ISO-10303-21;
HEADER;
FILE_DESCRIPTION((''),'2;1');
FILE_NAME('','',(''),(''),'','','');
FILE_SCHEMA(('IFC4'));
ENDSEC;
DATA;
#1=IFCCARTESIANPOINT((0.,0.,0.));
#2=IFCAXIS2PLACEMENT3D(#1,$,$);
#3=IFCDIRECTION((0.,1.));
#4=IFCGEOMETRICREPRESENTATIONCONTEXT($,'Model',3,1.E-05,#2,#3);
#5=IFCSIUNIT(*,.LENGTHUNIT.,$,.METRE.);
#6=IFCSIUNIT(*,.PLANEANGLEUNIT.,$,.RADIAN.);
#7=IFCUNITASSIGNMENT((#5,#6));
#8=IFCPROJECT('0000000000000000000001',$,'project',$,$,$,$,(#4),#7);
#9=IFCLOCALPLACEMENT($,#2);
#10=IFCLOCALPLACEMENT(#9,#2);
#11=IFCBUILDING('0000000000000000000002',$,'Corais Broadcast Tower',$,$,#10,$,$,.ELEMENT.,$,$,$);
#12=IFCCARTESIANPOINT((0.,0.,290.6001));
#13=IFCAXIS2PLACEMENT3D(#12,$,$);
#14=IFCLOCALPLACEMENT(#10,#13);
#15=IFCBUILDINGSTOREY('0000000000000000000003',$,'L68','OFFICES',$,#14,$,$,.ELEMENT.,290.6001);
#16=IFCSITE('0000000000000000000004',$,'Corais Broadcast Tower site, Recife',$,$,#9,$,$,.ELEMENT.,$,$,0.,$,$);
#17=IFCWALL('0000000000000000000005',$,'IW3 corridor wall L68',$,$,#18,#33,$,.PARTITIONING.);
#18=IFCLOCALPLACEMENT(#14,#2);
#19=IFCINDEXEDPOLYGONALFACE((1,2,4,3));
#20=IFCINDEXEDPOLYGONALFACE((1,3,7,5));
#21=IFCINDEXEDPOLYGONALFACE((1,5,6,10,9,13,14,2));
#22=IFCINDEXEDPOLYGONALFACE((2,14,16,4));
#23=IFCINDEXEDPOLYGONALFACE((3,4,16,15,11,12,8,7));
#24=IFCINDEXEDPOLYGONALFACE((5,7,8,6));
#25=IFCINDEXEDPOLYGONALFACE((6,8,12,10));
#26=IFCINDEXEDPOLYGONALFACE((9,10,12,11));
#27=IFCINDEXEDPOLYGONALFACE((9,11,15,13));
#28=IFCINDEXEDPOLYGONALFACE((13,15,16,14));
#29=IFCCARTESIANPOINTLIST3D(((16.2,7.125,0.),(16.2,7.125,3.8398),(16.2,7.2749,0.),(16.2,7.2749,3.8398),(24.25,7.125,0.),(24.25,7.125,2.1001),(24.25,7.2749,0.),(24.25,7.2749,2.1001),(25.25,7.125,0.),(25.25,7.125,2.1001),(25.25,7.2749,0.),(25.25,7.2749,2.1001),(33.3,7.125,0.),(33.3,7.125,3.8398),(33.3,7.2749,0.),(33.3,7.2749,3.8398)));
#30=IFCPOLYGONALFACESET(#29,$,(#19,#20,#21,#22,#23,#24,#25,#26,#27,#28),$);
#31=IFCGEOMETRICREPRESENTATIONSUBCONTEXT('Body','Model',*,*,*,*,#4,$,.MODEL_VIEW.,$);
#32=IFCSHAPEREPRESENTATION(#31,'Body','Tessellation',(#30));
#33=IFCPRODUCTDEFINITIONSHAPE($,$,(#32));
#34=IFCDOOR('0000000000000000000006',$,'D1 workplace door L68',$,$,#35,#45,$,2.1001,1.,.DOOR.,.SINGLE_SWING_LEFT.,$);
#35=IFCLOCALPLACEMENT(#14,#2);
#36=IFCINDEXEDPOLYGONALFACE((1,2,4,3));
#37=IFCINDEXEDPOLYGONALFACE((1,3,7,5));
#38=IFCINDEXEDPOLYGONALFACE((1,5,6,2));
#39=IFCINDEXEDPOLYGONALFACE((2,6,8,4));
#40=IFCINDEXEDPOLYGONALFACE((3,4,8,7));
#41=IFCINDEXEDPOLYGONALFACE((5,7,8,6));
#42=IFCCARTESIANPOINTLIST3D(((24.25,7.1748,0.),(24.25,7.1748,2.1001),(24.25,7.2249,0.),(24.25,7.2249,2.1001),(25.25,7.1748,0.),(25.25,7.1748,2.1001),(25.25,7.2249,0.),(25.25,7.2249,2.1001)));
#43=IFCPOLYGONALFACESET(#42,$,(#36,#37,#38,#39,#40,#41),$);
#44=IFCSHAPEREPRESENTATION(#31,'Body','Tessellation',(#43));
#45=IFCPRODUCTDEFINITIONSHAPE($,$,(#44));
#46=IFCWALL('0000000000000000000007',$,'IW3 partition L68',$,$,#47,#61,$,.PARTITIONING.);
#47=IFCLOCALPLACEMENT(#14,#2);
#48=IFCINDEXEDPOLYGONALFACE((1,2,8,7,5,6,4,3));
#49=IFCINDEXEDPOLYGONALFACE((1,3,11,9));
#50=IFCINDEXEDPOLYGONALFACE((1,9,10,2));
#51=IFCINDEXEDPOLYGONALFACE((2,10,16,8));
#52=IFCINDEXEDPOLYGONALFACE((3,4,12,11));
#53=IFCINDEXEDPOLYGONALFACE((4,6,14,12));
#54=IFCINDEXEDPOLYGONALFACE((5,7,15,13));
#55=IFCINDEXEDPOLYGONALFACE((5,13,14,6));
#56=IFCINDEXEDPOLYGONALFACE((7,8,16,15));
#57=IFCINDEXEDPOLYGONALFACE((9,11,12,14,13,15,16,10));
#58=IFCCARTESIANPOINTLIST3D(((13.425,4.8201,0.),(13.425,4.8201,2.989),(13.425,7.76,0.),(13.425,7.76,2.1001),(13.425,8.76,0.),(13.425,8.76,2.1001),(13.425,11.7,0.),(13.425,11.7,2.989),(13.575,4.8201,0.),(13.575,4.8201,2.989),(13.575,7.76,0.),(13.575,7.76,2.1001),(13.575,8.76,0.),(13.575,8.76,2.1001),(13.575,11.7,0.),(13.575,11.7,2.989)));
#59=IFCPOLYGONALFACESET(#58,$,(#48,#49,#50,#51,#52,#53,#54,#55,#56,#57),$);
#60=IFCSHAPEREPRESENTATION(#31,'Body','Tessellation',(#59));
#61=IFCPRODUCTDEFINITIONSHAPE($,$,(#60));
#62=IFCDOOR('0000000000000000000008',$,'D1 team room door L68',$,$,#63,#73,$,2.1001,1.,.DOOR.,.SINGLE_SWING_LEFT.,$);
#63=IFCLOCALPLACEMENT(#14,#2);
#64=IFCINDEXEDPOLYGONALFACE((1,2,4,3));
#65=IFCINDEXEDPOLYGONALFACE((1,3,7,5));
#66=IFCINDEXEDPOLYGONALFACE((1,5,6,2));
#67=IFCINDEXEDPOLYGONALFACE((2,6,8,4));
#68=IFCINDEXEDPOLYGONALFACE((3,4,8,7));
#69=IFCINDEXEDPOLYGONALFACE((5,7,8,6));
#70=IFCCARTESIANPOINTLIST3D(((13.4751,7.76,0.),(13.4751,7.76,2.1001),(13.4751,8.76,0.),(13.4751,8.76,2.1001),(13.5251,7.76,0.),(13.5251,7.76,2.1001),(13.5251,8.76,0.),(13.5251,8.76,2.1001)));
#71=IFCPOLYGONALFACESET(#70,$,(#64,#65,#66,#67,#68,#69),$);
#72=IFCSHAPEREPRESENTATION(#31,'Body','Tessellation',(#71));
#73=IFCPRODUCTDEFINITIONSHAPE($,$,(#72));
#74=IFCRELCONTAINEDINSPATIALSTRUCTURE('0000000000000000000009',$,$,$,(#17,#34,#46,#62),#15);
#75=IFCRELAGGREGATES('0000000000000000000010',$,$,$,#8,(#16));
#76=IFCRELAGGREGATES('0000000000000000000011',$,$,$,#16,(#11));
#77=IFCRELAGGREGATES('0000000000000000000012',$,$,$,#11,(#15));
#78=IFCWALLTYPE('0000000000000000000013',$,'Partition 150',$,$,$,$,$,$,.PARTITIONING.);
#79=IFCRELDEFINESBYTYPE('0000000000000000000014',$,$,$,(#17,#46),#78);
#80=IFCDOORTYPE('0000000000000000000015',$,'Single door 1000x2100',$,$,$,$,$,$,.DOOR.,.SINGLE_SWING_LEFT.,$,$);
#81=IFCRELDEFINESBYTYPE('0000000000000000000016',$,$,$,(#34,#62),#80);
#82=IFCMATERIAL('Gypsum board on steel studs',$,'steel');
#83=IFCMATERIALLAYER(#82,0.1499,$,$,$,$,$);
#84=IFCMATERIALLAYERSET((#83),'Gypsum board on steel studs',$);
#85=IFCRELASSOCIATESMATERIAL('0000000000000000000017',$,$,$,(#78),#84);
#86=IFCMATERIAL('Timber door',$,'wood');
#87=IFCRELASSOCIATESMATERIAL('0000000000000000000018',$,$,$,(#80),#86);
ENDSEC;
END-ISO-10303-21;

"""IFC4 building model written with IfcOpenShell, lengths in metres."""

from ifc_helpers import new_model, si_unit, direction, frame, frame_2d, origin, place, context, subcontext, project, spatial, rectangle, extrude, material, layer, layer_set, type_object, element, fill, save


model = new_model("IFC4")

# Units and contexts
model_context = context("Model", 3, precision=1e-05, world=origin(), true_north=direction((0.0, 1.0)))
body_context = subcontext(model_context, "Body", "Model", "MODEL_VIEW")
ifc_project = project(units=[si_unit("LENGTHUNIT", "METRE"), si_unit("PLANEANGLEUNIT", "RADIAN")], contexts=[model_context])

# Site, building, storey
site_placement = place(None, origin())
site = spatial("IfcSite", under=ifc_project, at=site_placement, Name="Corais Broadcast Tower site, Recife", CompositionType="ELEMENT", RefElevation=0.0)
building_placement = place(site_placement, origin())
building = spatial("IfcBuilding", under=site, at=building_placement, Name="Corais Broadcast Tower", CompositionType="ELEMENT")
storey_placement = place(building_placement, frame((0.0, 0.0, 290.6001)))
storey = spatial("IfcBuildingStorey", under=building, at=storey_placement, Name="L68", Description="OFFICES", CompositionType="ELEMENT", Elevation=290.6001)

# Walls, openings, doors
ifc_material_1 = material(Name="Gypsum board on steel studs", Category="steel")
ifc_layer_1 = layer(ifc_material_1, 0.1499)
ifc_layer_set_1 = layer_set([ifc_layer_1], Name="Gypsum board on steel studs")
wall_type = type_object("IfcWallType", Name="Partition 150", PredefinedType="PARTITIONING", material=ifc_layer_set_1)
wall_1_placement = place(storey_placement, frame((16.2, 7.2, 0.0), z_axis=(0.0, 0.0, 1.0), x_axis=(1.0, 0.0, 0.0)))
wall_1 = element("IfcWall", 1, at=wall_1_placement, inside=storey, type_object=wall_type, Name="IW3 corridor wall L68", PredefinedType="PARTITIONING", context=body_context, shape_type="SweptSolid", body=[
    extrude(rectangle(XDim=17.1001, YDim=0.1499, at=frame_2d((8.55, 0.0))), origin(), (0.0, 0.0, 1.0), 3.8398),
])
opening_1_placement = place(wall_1_placement, frame((8.05, 0.0, 0.0)))
opening_1 = element("IfcOpeningElement", 2, at=opening_1_placement, cuts=wall_1, PredefinedType="OPENING", context=body_context, shape_type="SweptSolid", body=[
    extrude(rectangle(XDim=1.0, YDim=2.1001, at=frame_2d((0.5, 1.05))), frame((0.0, 0.085, 0.0), z_axis=(0.0, -1.0, 0.0), x_axis=(1.0, 0.0, 0.0)), (0.0, 0.0, 1.0), 0.1699),
])
ifc_material_2 = material(Name="Timber door", Category="wood")
door_type = type_object("IfcDoorType", Name="Single door 1000x2100", OperationType="SINGLE_SWING_LEFT", PredefinedType="DOOR", material=ifc_material_2)
door_1_placement = place(opening_1_placement, origin())
door_1 = element("IfcDoor", 3, at=door_1_placement, inside=storey, type_object=door_type, Name="D1 workplace door L68", OperationType="SINGLE_SWING_LEFT", OverallHeight=2.1001, OverallWidth=1.0, PredefinedType="DOOR", context=body_context, shape_type="SweptSolid", body=[
    extrude(rectangle(XDim=1.0, YDim=2.1001, at=frame_2d((0.5, 1.05))), frame((0.0, 0.0249, 0.0), z_axis=(0.0, -1.0, 0.0), x_axis=(1.0, 0.0, 0.0)), (0.0, 0.0, 1.0), 0.05),
])
fill(opening_1, door_1)
wall_2_placement = place(storey_placement, frame((13.5, 4.8201, 0.0), z_axis=(0.0, 0.0, 1.0), x_axis=(0.0, 1.0, 0.0)))
wall_2 = element("IfcWall", 4, at=wall_2_placement, inside=storey, type_object=wall_type, Name="IW3 partition L68", PredefinedType="PARTITIONING", context=body_context, shape_type="SweptSolid", body=[
    extrude(rectangle(XDim=6.8799, YDim=0.1499, at=frame_2d((3.4399, 0.0))), origin(), (0.0, 0.0, 1.0), 2.989),
])
opening_2_placement = place(wall_2_placement, frame((2.9399, 0.0, 0.0)))
opening_2 = element("IfcOpeningElement", 5, at=opening_2_placement, cuts=wall_2, PredefinedType="OPENING", context=body_context, shape_type="SweptSolid", body=[
    extrude(rectangle(XDim=1.0, YDim=2.1001, at=frame_2d((0.5, 1.05))), frame((0.0, 0.085, 0.0), z_axis=(0.0, -1.0, 0.0), x_axis=(1.0, 0.0, 0.0)), (0.0, 0.0, 1.0), 0.1699),
])
door_2_placement = place(opening_2_placement, origin())
door_2 = element("IfcDoor", 6, at=door_2_placement, inside=storey, type_object=door_type, Name="D1 team room door L68", OperationType="SINGLE_SWING_LEFT", OverallHeight=2.1001, OverallWidth=1.0, PredefinedType="DOOR", context=body_context, shape_type="SweptSolid", body=[
    extrude(rectangle(XDim=1.0, YDim=2.1001, at=frame_2d((0.5, 1.05))), frame((0.0, 0.0249, 0.0), z_axis=(0.0, -1.0, 0.0), x_axis=(1.0, 0.0, 0.0)), (0.0, 0.0, 1.0), 0.05),
])
fill(opening_2, door_2)

save(model, "model.ifc")
